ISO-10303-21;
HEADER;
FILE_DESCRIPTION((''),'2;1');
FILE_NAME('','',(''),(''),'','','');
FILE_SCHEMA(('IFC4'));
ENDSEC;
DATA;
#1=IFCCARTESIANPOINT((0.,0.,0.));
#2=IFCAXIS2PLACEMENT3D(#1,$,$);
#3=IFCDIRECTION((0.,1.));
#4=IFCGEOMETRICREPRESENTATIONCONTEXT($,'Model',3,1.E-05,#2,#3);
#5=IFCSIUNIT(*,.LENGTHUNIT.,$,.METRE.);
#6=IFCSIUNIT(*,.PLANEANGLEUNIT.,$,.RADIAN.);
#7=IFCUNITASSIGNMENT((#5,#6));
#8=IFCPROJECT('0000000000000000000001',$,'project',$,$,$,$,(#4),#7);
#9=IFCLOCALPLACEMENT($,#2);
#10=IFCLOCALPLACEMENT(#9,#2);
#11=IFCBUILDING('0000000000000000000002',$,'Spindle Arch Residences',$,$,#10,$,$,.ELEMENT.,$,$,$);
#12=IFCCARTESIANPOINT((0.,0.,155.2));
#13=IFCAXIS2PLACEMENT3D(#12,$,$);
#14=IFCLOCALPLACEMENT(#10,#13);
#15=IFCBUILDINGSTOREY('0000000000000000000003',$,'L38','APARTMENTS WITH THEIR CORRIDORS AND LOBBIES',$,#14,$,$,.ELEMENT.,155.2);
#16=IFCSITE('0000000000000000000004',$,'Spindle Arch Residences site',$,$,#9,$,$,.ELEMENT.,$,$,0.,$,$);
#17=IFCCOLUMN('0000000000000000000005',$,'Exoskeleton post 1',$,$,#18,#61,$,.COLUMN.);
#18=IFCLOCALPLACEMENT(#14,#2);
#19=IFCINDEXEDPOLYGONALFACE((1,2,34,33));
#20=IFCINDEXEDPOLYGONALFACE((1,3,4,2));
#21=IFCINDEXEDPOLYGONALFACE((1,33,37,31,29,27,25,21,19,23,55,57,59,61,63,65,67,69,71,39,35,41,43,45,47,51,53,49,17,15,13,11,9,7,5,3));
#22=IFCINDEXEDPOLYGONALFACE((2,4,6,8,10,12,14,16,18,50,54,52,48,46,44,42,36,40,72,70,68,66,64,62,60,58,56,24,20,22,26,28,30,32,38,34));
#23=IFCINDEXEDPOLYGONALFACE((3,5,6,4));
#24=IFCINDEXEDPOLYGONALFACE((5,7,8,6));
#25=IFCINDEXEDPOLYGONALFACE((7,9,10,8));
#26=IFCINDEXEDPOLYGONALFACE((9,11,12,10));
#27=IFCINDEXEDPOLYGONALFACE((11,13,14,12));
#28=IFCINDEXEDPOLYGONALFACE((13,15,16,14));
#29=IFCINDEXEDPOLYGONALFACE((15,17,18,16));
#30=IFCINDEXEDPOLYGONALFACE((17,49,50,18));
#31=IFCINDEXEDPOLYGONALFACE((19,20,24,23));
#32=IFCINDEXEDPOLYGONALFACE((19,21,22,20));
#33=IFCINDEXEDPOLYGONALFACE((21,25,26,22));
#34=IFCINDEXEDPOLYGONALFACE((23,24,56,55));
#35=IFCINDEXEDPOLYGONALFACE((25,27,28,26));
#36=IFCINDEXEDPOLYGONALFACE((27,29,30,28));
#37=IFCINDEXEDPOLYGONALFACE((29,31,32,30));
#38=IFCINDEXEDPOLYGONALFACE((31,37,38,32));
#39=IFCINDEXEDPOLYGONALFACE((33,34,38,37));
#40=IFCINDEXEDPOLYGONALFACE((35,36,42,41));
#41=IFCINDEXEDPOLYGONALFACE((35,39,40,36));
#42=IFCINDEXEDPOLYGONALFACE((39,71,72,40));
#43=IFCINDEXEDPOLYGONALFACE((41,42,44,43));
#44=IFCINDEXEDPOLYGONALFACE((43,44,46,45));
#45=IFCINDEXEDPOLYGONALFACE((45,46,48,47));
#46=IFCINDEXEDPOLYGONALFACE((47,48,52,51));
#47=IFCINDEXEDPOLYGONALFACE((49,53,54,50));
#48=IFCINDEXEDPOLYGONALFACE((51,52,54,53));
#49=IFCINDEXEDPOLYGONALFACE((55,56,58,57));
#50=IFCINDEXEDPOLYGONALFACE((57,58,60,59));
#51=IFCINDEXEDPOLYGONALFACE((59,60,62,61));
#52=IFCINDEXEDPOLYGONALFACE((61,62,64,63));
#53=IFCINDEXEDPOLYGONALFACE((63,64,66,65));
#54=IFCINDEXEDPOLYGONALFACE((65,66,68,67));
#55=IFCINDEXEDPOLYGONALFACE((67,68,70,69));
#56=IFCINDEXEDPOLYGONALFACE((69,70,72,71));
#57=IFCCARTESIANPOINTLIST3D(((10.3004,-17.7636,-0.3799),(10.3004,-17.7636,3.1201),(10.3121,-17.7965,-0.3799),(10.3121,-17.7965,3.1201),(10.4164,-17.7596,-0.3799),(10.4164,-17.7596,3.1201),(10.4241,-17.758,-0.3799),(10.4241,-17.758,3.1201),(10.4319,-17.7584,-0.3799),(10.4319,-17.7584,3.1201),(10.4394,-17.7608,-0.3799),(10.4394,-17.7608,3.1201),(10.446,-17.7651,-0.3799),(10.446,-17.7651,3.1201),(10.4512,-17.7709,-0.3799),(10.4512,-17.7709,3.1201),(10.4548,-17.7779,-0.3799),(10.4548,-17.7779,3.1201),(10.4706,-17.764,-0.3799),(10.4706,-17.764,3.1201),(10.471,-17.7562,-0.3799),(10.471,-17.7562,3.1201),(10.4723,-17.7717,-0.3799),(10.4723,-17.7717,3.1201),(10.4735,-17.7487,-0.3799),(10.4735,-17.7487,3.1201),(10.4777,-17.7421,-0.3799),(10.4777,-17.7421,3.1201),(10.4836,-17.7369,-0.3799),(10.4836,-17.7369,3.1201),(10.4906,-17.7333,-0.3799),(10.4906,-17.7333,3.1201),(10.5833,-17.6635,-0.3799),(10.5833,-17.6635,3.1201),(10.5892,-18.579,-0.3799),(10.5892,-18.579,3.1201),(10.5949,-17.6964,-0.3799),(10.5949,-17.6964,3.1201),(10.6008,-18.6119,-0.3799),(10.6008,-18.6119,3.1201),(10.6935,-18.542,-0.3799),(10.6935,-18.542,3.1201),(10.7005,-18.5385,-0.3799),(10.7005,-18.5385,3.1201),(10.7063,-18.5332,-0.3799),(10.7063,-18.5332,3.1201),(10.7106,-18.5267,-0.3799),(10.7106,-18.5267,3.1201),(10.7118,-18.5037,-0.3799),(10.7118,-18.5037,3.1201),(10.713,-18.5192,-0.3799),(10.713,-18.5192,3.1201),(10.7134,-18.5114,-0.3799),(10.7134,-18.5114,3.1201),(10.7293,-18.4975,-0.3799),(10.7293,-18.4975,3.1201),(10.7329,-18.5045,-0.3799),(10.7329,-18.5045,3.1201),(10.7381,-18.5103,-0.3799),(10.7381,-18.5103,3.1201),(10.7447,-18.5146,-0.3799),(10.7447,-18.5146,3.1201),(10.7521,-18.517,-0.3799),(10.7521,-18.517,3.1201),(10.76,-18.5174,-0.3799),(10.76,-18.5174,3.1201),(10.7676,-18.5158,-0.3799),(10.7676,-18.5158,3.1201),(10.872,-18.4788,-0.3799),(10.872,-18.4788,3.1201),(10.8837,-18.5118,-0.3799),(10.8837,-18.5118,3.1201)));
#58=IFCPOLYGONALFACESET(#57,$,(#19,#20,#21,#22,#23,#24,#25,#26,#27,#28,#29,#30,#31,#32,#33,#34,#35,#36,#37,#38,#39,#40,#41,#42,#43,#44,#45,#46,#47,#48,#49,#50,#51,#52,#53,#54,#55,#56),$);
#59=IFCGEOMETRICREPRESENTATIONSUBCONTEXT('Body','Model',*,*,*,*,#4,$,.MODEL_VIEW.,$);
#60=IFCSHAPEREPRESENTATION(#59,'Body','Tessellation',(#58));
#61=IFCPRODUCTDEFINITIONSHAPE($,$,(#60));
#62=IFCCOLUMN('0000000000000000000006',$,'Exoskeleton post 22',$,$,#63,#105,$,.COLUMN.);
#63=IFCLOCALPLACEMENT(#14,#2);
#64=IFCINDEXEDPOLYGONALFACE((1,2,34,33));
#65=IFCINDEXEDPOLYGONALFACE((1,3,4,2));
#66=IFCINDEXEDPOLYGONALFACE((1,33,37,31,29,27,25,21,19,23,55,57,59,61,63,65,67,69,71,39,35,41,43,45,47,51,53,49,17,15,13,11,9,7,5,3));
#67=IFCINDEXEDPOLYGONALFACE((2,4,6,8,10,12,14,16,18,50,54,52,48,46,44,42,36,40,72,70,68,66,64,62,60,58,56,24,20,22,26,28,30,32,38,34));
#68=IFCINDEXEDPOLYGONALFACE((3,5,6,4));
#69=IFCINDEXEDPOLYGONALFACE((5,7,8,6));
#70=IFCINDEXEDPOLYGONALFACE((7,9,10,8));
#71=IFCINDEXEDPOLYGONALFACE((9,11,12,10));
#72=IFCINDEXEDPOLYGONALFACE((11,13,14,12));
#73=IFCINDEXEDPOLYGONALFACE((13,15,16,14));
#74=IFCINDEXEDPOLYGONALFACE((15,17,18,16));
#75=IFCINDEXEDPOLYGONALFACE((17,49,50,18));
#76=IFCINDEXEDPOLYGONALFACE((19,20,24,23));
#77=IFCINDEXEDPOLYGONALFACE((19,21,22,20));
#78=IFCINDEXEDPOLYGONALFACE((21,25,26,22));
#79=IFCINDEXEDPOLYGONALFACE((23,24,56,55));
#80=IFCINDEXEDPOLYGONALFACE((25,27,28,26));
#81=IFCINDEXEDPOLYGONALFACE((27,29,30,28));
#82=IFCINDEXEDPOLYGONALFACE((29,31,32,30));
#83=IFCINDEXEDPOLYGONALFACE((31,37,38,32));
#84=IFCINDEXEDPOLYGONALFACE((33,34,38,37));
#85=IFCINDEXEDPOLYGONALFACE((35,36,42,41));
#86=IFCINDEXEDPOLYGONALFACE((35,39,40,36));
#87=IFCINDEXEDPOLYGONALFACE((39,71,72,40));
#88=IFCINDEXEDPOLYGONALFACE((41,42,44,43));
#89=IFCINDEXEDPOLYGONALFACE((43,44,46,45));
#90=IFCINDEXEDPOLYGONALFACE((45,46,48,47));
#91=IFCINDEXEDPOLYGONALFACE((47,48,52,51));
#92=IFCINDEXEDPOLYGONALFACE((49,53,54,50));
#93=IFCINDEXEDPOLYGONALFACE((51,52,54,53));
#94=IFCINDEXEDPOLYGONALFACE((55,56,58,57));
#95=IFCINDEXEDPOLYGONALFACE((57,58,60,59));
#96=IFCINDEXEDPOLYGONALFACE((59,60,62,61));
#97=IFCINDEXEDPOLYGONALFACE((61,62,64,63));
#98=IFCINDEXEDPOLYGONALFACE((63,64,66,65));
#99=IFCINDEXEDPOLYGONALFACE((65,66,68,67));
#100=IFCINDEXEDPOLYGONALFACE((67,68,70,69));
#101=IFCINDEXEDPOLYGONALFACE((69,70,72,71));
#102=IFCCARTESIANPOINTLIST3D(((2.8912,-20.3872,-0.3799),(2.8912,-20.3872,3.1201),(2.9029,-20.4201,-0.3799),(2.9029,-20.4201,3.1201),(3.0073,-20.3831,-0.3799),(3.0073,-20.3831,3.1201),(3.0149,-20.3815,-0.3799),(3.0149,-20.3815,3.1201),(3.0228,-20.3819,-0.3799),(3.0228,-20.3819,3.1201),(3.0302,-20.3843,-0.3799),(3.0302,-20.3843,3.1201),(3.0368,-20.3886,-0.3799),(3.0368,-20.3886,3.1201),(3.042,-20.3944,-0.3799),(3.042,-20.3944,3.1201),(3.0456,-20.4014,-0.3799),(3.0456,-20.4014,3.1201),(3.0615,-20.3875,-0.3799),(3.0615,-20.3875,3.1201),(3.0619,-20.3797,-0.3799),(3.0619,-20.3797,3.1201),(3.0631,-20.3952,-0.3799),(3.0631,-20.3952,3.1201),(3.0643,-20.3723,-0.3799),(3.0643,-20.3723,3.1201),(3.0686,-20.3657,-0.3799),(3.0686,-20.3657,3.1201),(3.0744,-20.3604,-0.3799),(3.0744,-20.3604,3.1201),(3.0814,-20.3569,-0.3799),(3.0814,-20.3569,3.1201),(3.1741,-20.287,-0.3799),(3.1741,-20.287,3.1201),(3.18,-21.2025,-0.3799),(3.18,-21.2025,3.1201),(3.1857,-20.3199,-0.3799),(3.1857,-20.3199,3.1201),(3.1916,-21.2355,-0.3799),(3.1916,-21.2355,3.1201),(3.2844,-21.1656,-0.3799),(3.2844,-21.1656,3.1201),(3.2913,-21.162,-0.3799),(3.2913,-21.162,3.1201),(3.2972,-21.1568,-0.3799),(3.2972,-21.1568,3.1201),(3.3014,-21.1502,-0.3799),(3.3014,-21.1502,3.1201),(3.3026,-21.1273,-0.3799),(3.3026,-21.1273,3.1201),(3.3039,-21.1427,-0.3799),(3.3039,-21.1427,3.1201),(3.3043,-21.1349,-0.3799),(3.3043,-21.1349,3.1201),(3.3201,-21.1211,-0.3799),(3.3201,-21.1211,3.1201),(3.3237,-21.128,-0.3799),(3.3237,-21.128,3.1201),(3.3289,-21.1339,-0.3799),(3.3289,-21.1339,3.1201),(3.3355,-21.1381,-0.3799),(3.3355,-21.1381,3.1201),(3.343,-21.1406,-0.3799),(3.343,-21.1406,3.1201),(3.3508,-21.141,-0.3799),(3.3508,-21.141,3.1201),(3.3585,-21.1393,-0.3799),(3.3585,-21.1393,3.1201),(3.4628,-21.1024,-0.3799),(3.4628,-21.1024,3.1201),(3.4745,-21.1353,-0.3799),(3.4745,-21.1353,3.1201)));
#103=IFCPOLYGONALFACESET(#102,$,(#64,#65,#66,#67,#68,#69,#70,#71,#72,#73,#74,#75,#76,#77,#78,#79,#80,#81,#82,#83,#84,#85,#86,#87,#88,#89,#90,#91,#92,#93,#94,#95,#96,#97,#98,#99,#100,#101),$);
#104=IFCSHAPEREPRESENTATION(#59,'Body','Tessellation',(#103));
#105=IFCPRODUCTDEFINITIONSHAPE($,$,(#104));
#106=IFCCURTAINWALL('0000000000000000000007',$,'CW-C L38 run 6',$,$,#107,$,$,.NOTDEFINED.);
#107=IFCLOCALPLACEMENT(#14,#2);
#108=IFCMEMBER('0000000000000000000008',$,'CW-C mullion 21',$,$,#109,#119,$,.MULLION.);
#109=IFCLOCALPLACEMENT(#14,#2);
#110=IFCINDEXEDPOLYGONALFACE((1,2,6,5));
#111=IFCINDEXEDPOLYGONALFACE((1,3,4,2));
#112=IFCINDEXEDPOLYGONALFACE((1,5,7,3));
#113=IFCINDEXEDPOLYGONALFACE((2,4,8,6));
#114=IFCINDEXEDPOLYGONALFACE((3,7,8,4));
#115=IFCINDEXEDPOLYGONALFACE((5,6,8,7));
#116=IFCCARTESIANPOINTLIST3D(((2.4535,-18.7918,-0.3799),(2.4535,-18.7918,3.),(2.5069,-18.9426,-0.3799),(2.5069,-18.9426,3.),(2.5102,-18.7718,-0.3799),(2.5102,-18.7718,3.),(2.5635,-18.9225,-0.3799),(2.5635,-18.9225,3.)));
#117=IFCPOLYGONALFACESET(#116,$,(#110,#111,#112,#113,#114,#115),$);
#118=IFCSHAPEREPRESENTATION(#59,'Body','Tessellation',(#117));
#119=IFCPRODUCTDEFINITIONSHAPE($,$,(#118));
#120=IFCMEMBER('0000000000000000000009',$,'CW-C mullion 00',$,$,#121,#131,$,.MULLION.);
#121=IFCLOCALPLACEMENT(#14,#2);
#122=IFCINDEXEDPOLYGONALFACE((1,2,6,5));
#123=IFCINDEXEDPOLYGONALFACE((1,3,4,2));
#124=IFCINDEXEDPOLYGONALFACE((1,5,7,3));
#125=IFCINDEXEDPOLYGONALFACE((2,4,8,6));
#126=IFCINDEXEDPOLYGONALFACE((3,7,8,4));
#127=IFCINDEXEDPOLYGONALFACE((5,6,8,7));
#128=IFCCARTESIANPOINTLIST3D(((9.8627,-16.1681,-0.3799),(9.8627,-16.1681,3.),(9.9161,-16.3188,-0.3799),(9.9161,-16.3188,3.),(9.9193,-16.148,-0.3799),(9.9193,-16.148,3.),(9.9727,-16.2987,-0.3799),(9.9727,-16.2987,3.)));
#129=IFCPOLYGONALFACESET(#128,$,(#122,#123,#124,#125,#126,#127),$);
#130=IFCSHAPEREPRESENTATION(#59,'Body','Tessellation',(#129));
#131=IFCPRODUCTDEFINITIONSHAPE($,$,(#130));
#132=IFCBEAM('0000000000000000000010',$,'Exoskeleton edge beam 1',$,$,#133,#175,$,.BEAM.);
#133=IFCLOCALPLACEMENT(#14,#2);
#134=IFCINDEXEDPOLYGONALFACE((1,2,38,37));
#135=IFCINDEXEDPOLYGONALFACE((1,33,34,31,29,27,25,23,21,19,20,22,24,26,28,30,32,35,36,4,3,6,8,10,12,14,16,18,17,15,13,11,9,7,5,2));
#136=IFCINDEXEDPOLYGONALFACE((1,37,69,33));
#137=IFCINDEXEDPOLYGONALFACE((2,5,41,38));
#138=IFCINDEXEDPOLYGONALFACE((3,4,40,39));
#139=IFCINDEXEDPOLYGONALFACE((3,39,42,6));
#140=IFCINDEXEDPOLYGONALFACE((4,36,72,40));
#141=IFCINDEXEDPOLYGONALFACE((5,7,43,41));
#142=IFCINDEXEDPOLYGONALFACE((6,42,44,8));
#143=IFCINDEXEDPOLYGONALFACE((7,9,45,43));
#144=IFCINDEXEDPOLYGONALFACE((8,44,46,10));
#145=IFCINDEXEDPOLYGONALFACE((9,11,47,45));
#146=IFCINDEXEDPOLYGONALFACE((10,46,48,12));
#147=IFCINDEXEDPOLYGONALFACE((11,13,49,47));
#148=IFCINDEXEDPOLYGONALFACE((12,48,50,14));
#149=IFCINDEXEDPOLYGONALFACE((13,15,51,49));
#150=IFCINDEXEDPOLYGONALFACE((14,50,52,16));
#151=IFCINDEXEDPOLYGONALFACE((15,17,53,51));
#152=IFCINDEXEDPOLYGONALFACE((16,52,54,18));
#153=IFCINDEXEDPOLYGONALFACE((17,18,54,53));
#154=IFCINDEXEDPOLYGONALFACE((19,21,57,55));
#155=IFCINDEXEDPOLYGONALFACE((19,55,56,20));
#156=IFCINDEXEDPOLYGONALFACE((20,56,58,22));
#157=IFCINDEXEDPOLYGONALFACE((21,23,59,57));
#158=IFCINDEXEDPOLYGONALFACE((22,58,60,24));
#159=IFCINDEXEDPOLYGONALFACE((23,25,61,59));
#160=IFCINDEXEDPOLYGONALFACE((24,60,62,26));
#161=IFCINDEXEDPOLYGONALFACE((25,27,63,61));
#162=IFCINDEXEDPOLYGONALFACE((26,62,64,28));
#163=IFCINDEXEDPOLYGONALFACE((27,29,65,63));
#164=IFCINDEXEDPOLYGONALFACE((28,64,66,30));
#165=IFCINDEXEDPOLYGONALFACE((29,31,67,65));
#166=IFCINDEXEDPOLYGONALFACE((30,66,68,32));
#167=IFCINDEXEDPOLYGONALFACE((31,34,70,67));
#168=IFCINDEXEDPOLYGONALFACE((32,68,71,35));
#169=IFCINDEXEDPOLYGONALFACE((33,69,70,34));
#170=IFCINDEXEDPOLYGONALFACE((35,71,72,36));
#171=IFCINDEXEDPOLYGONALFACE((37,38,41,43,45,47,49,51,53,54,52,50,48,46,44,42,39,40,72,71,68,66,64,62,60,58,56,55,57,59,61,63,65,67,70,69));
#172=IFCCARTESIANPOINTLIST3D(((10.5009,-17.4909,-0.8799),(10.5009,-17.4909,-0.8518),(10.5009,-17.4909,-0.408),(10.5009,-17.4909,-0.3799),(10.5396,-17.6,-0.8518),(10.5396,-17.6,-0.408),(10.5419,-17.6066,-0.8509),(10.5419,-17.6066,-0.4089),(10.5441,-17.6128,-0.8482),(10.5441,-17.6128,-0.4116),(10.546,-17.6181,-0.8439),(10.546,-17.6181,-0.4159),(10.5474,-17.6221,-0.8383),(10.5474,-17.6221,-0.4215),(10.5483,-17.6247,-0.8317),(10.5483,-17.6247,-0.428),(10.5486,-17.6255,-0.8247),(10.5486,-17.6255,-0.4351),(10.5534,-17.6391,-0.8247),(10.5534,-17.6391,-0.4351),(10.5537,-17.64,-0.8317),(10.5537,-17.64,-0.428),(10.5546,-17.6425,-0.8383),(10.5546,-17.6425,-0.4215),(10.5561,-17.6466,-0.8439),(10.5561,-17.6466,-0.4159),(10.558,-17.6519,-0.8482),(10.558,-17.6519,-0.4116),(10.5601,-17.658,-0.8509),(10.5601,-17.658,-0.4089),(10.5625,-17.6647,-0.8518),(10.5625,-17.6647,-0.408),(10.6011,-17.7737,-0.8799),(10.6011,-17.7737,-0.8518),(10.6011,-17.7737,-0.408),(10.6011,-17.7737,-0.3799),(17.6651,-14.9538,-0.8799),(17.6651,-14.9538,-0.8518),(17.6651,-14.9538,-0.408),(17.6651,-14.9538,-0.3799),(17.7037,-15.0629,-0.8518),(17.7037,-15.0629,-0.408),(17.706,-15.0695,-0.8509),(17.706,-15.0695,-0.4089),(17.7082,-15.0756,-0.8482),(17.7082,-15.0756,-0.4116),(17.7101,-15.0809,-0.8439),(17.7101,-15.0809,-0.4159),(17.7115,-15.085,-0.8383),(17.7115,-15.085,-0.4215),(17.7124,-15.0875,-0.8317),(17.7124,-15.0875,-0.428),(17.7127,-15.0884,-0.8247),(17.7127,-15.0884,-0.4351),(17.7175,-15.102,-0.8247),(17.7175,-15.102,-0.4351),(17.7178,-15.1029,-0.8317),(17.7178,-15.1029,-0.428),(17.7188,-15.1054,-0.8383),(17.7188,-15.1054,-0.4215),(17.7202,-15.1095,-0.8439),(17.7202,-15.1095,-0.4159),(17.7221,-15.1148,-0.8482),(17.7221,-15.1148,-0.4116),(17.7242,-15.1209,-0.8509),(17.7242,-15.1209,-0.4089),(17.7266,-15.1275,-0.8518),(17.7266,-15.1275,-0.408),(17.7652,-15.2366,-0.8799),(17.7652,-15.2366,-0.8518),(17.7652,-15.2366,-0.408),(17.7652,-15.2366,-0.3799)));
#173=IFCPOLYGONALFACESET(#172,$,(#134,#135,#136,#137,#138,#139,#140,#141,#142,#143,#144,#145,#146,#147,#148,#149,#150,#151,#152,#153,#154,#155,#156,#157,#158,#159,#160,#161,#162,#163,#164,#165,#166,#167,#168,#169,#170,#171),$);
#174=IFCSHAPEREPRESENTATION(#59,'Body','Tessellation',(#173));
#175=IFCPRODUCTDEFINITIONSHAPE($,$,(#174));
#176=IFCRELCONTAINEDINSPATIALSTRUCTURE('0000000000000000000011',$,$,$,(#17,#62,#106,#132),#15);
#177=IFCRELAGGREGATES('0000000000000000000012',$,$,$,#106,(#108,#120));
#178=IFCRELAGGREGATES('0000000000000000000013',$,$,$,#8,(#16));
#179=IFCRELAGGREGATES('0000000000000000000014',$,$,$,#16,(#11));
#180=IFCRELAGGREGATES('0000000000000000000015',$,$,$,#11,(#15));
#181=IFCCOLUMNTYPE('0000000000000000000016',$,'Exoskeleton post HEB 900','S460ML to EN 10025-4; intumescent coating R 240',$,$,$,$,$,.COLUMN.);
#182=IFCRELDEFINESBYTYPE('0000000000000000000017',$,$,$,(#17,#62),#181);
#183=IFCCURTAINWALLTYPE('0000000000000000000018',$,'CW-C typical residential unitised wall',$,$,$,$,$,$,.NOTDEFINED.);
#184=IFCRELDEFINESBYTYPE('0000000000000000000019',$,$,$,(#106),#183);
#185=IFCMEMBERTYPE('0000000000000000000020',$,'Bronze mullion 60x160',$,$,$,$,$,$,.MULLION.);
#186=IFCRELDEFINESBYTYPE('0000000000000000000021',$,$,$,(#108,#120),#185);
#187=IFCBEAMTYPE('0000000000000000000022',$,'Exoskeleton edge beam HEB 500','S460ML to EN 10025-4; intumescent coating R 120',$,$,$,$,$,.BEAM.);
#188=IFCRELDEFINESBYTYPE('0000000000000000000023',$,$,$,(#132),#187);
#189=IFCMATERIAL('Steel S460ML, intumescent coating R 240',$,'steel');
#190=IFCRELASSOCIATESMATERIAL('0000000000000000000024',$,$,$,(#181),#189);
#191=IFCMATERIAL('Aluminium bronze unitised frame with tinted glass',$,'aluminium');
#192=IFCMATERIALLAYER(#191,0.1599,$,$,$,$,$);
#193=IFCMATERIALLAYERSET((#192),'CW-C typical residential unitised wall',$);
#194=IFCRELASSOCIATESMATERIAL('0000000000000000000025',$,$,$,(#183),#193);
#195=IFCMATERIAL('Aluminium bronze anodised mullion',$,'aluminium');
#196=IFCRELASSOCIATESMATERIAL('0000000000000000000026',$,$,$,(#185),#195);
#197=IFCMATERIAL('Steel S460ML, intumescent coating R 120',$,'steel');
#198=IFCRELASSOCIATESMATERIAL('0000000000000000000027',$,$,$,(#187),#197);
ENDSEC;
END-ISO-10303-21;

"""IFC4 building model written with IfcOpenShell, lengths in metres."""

from ifc_helpers import new_model, si_unit, direction, frame, origin, origin_2d, place, context, subcontext, project, spatial, rectangle, i_section, extrude, material, layer, layer_set, material_profile, profile_set, type_object, element, aggregate, save


model = new_model("IFC4")

# Units and contexts
model_context = context("Model", 3, precision=1e-05, world=origin(), true_north=direction((0.0, 1.0)))
body_context = subcontext(model_context, "Body", "Model", "MODEL_VIEW")
ifc_project = project(units=[si_unit("LENGTHUNIT", "METRE"), si_unit("PLANEANGLEUNIT", "RADIAN")], contexts=[model_context])

# Site, building, storey
site_placement = place(None, origin())
site = spatial("IfcSite", under=ifc_project, at=site_placement, Name="Spindle Arch Residences site", CompositionType="ELEMENT", RefElevation=0.0)
building_placement = place(site_placement, origin())
building = spatial("IfcBuilding", under=site, at=building_placement, Name="Spindle Arch Residences", CompositionType="ELEMENT")
storey_placement = place(building_placement, frame((0.0, 0.0, 155.2)))
storey = spatial("IfcBuildingStorey", under=building, at=storey_placement, Name="L38", Description="APARTMENTS WITH THEIR CORRIDORS AND LOBBIES", CompositionType="ELEMENT", Elevation=155.2)

# Columns
ifc_material_1 = material(Name="Steel S460ML, intumescent coating R 240", Category="steel")
ifc_material_profile_1 = material_profile(ifc_material_1, i_section(OverallWidth=0.3, OverallDepth=0.8999, WebThickness=0.0186, FlangeThickness=0.0349, FilletRadius=0.03, at=origin_2d()), Name="HEB 900")
ifc_profile_set_1 = profile_set([ifc_material_profile_1], Name="Steel S460ML, intumescent coating R 240")
column_type = type_object("IfcColumnType", Name="Exoskeleton post HEB 900", Description="S460ML to EN 10025-4; intumescent coating R 240", PredefinedType="COLUMN", material=ifc_profile_set_1)
for number, where, z_axis, x_axis, name in (
    (1, (10.592, -18.1377, -0.3799), (0.0, 0.0, 1.0), (-0.942641, -0.333807, 0.0), "Exoskeleton post 1"),
    (2, (3.1829, -20.7612, -0.3799), (0.0, 0.0, 1.0), (-0.942641, -0.333807, 0.0), "Exoskeleton post 22"),
):
    element("IfcColumn", number, at=place(storey_placement, frame(where, z_axis=z_axis, x_axis=x_axis)), inside=storey, type_object=column_type, Name=name, PredefinedType="COLUMN", context=body_context, shape_type="SweptSolid", body=[
        extrude(i_section(OverallWidth=0.3, OverallDepth=0.8999, WebThickness=0.0186, FlangeThickness=0.0349, FilletRadius=0.03, at=origin_2d()), origin(), (0.0, 0.0, 1.0), 3.5),
    ])

# Curtain wall, members
ifc_material_2 = material(Name="Aluminium bronze unitised frame with tinted glass", Category="aluminium")
ifc_layer_1 = layer(ifc_material_2, 0.1599)
ifc_layer_set_1 = layer_set([ifc_layer_1], Name="CW-C typical residential unitised wall")
curtain_wall_type = type_object("IfcCurtainWallType", Name="CW-C typical residential unitised wall", PredefinedType="NOTDEFINED", material=ifc_layer_set_1)
curtain_wall_placement = place(storey_placement, origin())
curtain_wall = element("IfcCurtainWall", 3, at=curtain_wall_placement, inside=storey, type_object=curtain_wall_type, Name="CW-C L38 run 6", PredefinedType="NOTDEFINED")
ifc_material_3 = material(Name="Aluminium bronze anodised mullion", Category="aluminium")
ifc_material_profile_2 = material_profile(ifc_material_3, rectangle(XDim=0.1599, YDim=0.0601, at=origin_2d()), Name="MU 60x160")
ifc_profile_set_2 = profile_set([ifc_material_profile_2], Name="Aluminium bronze anodised mullion")
member_type = type_object("IfcMemberType", Name="Bronze mullion 60x160", PredefinedType="MULLION", material=ifc_profile_set_2)
member_1_placement = place(storey_placement, frame((2.5085, -18.8572, -0.3799), z_axis=(0.0, 0.0, 1.0), x_axis=(-0.333807, 0.942641, 0.0)))
member_1 = element("IfcMember", 4, at=member_1_placement, type_object=member_type, Name="CW-C mullion 21", PredefinedType="MULLION", context=body_context, shape_type="SweptSolid", body=[
    extrude(rectangle(XDim=0.1599, YDim=0.0601, at=origin_2d()), origin(), (0.0, 0.0, 1.0), 3.3799),
])
member_2_placement = place(storey_placement, frame((9.9177, -16.2334, -0.3799), z_axis=(0.0, 0.0, 1.0), x_axis=(-0.333807, 0.942641, 0.0)))
member_2 = element("IfcMember", 5, at=member_2_placement, type_object=member_type, Name="CW-C mullion 00", PredefinedType="MULLION", context=body_context, shape_type="SweptSolid", body=[
    extrude(rectangle(XDim=0.1599, YDim=0.0601, at=origin_2d()), origin(), (0.0, 0.0, 1.0), 3.3799),
])

# Beam
ifc_material_4 = material(Name="Steel S460ML, intumescent coating R 120", Category="steel")
ifc_material_profile_3 = material_profile(ifc_material_4, i_section(OverallWidth=0.3, OverallDepth=0.5, WebThickness=0.0144, FlangeThickness=0.0281, FilletRadius=0.0271, at=origin_2d()), Name="HEB 500")
ifc_profile_set_3 = profile_set([ifc_material_profile_3], Name="Steel S460ML, intumescent coating R 120")
beam_type_1 = type_object("IfcBeamType", Name="Exoskeleton edge beam HEB 500", Description="S460ML to EN 10025-4; intumescent coating R 120", PredefinedType="BEAM", material=ifc_profile_set_3)
for number, where, z_axis, x_axis, name in (
    (6, (10.551, -17.6323, -0.6299), (0.942634, 0.333828, 0.0), (-0.333828, 0.942634, 0.0), "Exoskeleton edge beam 1"),
):
    element("IfcBeam", number, at=place(storey_placement, frame(where, z_axis=z_axis, x_axis=x_axis)), inside=storey, type_object=beam_type_1, Name=name, PredefinedType="BEAM", context=body_context, shape_type="SweptSolid", body=[
        extrude(i_section(OverallWidth=0.3, OverallDepth=0.5, WebThickness=0.0144, FlangeThickness=0.0281, FilletRadius=0.0271, at=origin_2d()), origin(), (0.0, 0.0, 1.0), 7.6001),
    ])

aggregate(curtain_wall, [member_1, member_2])

save(model, "model.ifc")
